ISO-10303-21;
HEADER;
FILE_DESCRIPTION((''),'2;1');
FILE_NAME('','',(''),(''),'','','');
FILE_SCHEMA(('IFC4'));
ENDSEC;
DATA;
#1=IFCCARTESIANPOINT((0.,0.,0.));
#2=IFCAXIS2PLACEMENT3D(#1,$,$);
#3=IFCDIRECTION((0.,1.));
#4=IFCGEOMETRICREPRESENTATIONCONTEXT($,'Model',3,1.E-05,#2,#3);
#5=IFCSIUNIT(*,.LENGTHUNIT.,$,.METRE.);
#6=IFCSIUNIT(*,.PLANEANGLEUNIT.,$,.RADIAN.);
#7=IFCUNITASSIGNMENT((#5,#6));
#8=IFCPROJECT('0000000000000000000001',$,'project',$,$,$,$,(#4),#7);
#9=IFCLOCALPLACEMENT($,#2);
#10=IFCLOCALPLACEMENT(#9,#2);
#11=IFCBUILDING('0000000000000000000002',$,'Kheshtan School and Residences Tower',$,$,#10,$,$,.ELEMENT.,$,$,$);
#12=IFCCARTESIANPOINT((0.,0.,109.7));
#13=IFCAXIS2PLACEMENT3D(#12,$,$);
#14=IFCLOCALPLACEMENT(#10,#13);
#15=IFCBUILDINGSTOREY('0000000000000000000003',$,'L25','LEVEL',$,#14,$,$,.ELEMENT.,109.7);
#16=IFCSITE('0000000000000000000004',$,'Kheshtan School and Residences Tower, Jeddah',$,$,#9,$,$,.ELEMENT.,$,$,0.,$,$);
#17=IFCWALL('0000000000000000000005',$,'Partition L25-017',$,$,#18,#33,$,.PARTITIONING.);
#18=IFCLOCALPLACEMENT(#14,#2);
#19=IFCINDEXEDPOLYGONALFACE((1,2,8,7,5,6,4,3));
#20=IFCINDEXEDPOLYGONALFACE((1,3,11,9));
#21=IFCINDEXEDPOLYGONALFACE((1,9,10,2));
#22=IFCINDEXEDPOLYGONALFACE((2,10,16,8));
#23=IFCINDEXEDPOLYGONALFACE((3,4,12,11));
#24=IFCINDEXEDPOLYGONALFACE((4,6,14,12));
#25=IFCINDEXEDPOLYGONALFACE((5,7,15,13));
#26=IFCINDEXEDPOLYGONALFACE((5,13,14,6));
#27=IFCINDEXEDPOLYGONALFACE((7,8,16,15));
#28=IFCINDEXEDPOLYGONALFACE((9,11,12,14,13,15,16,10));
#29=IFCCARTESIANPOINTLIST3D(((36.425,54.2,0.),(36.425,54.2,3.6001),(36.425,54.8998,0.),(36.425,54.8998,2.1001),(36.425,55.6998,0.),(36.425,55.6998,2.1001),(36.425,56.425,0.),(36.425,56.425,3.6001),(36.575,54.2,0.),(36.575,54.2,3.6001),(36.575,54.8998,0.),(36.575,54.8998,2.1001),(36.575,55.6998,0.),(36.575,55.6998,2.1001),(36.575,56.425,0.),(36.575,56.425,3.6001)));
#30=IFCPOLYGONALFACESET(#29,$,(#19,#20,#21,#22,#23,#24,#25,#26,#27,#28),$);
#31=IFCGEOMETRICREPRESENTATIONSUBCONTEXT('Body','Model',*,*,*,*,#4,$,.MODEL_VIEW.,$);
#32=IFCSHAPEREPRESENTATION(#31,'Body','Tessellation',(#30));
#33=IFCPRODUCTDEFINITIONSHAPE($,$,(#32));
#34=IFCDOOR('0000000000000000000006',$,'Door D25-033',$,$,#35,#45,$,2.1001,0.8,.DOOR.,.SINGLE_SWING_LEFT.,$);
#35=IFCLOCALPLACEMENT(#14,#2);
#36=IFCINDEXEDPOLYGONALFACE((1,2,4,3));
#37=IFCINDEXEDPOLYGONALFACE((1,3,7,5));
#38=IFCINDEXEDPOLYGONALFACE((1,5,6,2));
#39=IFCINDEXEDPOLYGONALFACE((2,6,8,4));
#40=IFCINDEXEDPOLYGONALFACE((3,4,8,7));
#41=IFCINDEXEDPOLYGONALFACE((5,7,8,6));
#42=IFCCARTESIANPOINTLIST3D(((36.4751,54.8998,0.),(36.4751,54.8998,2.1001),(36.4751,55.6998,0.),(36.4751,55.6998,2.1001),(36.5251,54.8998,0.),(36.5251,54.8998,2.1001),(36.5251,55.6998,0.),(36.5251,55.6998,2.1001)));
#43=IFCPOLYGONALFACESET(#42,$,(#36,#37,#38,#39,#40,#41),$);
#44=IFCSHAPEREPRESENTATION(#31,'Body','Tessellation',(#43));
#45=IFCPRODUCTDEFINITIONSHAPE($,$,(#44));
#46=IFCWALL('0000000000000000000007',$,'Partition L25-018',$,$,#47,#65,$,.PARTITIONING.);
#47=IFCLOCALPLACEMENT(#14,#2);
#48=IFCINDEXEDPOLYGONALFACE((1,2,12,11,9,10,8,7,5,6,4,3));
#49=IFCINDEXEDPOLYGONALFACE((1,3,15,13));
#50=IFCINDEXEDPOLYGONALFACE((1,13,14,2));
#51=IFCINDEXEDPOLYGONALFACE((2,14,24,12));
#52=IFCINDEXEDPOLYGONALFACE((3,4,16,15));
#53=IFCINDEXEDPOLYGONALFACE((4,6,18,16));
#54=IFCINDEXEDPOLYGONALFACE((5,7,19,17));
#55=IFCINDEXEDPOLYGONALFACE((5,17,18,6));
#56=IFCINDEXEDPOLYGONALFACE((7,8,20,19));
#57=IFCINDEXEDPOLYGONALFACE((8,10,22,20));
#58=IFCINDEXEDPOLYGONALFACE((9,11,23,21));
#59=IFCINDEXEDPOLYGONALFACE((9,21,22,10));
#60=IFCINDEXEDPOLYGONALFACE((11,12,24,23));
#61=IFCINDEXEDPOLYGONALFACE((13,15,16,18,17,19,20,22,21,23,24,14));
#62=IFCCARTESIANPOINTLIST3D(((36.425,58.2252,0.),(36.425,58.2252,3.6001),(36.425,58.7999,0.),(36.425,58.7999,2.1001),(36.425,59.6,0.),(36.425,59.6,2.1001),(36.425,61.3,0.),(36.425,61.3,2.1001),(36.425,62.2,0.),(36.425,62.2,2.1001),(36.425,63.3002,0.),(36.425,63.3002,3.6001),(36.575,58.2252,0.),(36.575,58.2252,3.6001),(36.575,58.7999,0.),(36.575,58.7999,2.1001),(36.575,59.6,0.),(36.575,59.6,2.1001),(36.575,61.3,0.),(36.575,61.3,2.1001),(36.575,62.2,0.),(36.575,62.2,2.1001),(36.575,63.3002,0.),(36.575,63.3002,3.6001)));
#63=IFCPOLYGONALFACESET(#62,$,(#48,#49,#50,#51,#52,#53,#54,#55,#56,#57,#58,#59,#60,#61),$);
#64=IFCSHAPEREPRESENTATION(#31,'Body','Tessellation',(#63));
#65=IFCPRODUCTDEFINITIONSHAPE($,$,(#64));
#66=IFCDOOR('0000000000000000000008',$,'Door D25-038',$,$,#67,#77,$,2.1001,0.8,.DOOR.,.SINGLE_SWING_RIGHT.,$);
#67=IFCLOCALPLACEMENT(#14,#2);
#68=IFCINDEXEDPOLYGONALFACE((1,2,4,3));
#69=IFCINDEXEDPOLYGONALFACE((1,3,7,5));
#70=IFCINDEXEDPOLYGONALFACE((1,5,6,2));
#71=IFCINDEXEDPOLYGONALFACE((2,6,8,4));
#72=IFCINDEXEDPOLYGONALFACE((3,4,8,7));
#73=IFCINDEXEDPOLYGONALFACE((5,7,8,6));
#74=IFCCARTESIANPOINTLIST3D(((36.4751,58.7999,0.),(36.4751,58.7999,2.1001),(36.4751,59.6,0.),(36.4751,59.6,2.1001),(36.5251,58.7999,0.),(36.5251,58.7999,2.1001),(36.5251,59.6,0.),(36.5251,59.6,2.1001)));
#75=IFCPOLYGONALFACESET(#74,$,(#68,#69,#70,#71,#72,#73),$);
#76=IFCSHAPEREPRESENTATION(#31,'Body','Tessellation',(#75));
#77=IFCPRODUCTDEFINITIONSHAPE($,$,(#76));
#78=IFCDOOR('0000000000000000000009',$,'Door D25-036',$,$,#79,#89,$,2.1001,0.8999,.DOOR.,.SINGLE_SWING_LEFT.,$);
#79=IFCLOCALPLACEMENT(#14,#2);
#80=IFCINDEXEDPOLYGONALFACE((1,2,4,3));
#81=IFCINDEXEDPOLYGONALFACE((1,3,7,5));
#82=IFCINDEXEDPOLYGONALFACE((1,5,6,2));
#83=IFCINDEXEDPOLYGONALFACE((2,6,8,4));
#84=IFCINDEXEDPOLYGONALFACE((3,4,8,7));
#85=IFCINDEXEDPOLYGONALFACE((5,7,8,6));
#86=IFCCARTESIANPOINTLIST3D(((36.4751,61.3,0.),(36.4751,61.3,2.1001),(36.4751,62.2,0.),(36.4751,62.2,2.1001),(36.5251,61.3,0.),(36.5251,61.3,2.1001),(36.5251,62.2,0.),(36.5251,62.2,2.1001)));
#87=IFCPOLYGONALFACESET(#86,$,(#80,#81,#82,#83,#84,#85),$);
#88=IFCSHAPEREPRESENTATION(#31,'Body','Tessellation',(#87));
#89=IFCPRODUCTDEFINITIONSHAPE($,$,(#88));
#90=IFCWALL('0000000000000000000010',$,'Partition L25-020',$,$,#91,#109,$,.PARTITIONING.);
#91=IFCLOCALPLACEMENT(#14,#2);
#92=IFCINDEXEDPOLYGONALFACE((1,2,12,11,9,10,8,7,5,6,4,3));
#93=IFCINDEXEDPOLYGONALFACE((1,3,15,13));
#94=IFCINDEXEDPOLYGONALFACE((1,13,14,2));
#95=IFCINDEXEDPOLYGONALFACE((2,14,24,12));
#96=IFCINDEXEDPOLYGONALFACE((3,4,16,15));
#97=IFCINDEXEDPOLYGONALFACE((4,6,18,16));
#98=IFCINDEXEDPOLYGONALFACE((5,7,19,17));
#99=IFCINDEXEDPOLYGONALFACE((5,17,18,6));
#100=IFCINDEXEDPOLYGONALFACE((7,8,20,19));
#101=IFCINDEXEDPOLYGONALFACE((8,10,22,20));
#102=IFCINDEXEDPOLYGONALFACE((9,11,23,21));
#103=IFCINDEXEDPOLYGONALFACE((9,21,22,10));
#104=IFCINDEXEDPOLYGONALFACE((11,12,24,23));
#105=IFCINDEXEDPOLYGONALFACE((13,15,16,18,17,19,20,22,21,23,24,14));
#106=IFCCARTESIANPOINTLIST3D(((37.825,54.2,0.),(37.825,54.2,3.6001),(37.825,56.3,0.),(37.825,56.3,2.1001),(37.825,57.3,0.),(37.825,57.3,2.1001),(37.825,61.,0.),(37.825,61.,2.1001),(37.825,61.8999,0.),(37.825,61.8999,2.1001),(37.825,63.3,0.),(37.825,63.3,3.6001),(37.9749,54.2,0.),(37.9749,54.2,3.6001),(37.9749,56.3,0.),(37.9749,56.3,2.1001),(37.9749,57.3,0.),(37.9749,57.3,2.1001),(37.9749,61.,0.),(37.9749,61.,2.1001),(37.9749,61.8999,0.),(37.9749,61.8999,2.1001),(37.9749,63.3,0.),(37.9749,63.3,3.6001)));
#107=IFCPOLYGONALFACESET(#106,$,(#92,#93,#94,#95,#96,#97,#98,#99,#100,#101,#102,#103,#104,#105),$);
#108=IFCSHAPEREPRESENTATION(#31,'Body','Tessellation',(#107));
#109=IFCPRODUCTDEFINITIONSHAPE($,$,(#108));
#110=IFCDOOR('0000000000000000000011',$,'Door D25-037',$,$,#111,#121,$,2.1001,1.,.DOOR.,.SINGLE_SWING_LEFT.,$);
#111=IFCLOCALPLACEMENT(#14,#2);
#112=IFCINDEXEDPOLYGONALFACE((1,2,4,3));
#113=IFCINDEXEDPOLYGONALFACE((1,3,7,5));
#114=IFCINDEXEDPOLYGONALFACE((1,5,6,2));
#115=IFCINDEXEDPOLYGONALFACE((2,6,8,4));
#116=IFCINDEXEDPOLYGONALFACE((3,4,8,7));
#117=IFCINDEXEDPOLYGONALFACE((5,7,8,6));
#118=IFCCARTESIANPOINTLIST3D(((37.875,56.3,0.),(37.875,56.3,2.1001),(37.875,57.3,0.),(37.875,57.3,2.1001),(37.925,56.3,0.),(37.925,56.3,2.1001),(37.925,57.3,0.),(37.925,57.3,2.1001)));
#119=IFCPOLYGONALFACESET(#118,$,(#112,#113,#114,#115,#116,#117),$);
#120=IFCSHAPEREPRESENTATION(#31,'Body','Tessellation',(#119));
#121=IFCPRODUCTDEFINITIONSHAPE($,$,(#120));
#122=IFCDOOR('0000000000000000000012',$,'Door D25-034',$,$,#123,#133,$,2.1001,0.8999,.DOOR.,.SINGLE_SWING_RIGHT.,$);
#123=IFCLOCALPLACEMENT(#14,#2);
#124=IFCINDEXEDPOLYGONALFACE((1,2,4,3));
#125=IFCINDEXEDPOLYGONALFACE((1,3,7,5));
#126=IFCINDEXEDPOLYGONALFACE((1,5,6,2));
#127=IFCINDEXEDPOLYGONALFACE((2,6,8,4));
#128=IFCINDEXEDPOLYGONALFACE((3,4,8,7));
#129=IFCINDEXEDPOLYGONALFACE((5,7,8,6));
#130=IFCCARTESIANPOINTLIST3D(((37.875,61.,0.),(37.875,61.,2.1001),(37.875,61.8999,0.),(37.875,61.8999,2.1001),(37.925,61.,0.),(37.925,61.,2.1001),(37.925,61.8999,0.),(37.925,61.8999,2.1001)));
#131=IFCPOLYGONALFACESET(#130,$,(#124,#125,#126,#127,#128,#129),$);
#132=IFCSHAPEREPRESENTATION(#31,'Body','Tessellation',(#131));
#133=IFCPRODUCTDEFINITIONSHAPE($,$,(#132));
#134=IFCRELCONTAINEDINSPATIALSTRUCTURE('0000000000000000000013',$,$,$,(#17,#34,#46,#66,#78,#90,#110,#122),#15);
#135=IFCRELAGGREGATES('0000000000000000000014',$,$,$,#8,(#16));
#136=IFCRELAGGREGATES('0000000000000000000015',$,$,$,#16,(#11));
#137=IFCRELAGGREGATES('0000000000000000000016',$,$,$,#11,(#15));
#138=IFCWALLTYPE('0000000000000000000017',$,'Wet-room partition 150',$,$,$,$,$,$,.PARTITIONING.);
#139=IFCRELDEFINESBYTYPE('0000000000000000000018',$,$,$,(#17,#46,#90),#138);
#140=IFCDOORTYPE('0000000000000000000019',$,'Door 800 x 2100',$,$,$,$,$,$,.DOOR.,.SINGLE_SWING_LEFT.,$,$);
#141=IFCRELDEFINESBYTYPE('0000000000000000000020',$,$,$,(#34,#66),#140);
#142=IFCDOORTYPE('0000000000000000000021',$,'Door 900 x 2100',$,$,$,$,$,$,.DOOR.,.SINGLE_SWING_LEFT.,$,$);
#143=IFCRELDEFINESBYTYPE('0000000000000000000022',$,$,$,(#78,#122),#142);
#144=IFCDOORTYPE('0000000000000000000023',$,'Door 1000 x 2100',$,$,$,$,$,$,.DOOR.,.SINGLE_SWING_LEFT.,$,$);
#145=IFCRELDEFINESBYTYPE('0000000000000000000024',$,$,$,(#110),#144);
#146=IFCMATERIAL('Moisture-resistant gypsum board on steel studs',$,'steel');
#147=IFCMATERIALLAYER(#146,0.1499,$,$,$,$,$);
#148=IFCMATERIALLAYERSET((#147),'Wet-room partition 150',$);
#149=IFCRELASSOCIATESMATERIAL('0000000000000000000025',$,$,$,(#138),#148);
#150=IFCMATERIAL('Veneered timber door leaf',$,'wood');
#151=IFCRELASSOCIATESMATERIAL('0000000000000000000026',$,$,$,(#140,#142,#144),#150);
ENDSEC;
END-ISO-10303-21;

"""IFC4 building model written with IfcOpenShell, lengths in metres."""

from ifc_helpers import new_model, si_unit, direction, frame, frame_2d, origin, place, context, subcontext, project, spatial, rectangle, extrude, source, transform, mapped, material, layer, layer_set, type_object, element, fill, save


model = new_model("IFC4")

# Units and contexts
model_context = context("Model", 3, precision=1e-05, world=origin(), true_north=direction((0.0, 1.0)))
body_context = subcontext(model_context, "Body", "Model", "MODEL_VIEW")
ifc_project = project(units=[si_unit("LENGTHUNIT", "METRE"), si_unit("PLANEANGLEUNIT", "RADIAN")], contexts=[model_context])

# Site, building, storey
site_placement = place(None, origin())
site = spatial("IfcSite", under=ifc_project, at=site_placement, Name="Kheshtan School and Residences Tower, Jeddah", CompositionType="ELEMENT", RefElevation=0.0)
building_placement = place(site_placement, origin())
building = spatial("IfcBuilding", under=site, at=building_placement, Name="Kheshtan School and Residences Tower", CompositionType="ELEMENT")
storey_placement = place(building_placement, frame((0.0, 0.0, 109.7)))
storey = spatial("IfcBuildingStorey", under=building, at=storey_placement, Name="L25", Description="LEVEL", CompositionType="ELEMENT", Elevation=109.7)

# Wall, opening, door
ifc_material_1 = material(Name="Moisture-resistant gypsum board on steel studs", Category="steel")
ifc_layer_1 = layer(ifc_material_1, 0.1499)
ifc_layer_set_1 = layer_set([ifc_layer_1], Name="Wet-room partition 150")
wall_type_1 = type_object("IfcWallType", Name="Wet-room partition 150", PredefinedType="PARTITIONING", material=ifc_layer_set_1)
wall_1_placement = place(storey_placement, frame((36.5, 54.2, 0.0), z_axis=(0.0, 0.0, 1.0), x_axis=(0.0, 1.0, 0.0)))
wall_1 = element("IfcWall", 1, at=wall_1_placement, inside=storey, type_object=wall_type_1, Name="Partition L25-017", PredefinedType="PARTITIONING", context=body_context, shape_type="SweptSolid", body=[
    extrude(rectangle(XDim=2.2251, YDim=0.1499, at=frame_2d((1.1125, 0.0))), origin(), (0.0, 0.0, 1.0), 3.6001),
])
opening_1_placement = place(wall_1_placement, frame((0.7, 0.0, 0.0)))
opening_1 = element("IfcOpeningElement", 2, at=opening_1_placement, cuts=wall_1, PredefinedType="OPENING", context=body_context, shape_type="SweptSolid", body=[
    extrude(rectangle(XDim=0.8, YDim=2.1001, at=frame_2d((0.3999, 1.05))), frame((0.0, 0.085, 0.0), z_axis=(0.0, -1.0, 0.0), x_axis=(1.0, 0.0, 0.0)), (0.0, 0.0, 1.0), 0.1699),
])
ifc_material_2 = material(Name="Veneered timber door leaf", Category="wood")
door_type_1 = type_object("IfcDoorType", Name="Door 800 x 2100", OperationType="SINGLE_SWING_LEFT", PredefinedType="DOOR", material=ifc_material_2)
shared_shape_1 = source(origin(), body_context, "Body", "SweptSolid", [
    extrude(rectangle(XDim=0.8, YDim=2.1001, at=frame_2d((0.3999, 1.05))), frame((0.0, 0.0249, 0.0), z_axis=(0.0, -1.0, 0.0), x_axis=(1.0, 0.0, 0.0)), (0.0, 0.0, 1.0), 0.05),
])
door_1_placement = place(opening_1_placement, origin())
door_1 = element("IfcDoor", 3, at=door_1_placement, inside=storey, type_object=door_type_1, Name="Door D25-033", OperationType="SINGLE_SWING_LEFT", OverallHeight=2.1001, OverallWidth=0.8, PredefinedType="DOOR", context=body_context, shape_type="MappedRepresentation", body=[
    mapped(shared_shape_1, transform((0.0, 0.0, 0.0), x_axis=(1.0, 0.0, 0.0), y_axis=(0.0, 1.0, 0.0), z_axis=(0.0, 0.0, 1.0), scale=1.0)),
])
fill(opening_1, door_1)

# Walls, openings, doors
wall_2_placement = place(storey_placement, frame((36.5, 58.2251, 0.0), z_axis=(0.0, 0.0, 1.0), x_axis=(0.0, 1.0, 0.0)))
wall_2 = element("IfcWall", 4, at=wall_2_placement, inside=storey, type_object=wall_type_1, Name="Partition L25-018", PredefinedType="PARTITIONING", context=body_context, shape_type="SweptSolid", body=[
    extrude(rectangle(XDim=5.075, YDim=0.1499, at=frame_2d((2.5376, 0.0))), origin(), (0.0, 0.0, 1.0), 3.6001),
])
opening_2_placement = place(wall_2_placement, frame((3.075, 0.0, 0.0)))
opening_2 = element("IfcOpeningElement", 5, at=opening_2_placement, cuts=wall_2, PredefinedType="OPENING", context=body_context, shape_type="SweptSolid", body=[
    extrude(rectangle(XDim=0.8999, YDim=2.1001, at=frame_2d((0.45, 1.05))), frame((0.0, 0.085, 0.0), z_axis=(0.0, -1.0, 0.0), x_axis=(1.0, 0.0, 0.0)), (0.0, 0.0, 1.0), 0.1699),
])
opening_3_placement = place(wall_2_placement, frame((0.575, 0.0, 0.0)))
opening_3 = element("IfcOpeningElement", 6, at=opening_3_placement, cuts=wall_2, PredefinedType="OPENING", context=body_context, shape_type="SweptSolid", body=[
    extrude(rectangle(XDim=0.8, YDim=2.1001, at=frame_2d((0.3999, 1.05))), frame((0.0, 0.085, 0.0), z_axis=(0.0, -1.0, 0.0), x_axis=(1.0, 0.0, 0.0)), (0.0, 0.0, 1.0), 0.1699),
])
door_2_placement = place(opening_3_placement, origin())
door_2 = element("IfcDoor", 7, at=door_2_placement, inside=storey, type_object=door_type_1, Name="Door D25-038", OperationType="SINGLE_SWING_RIGHT", OverallHeight=2.1001, OverallWidth=0.8, PredefinedType="DOOR", context=body_context, shape_type="MappedRepresentation", body=[
    mapped(shared_shape_1, transform((0.0, 0.0, 0.0), x_axis=(1.0, 0.0, 0.0), y_axis=(0.0, 1.0, 0.0), z_axis=(0.0, 0.0, 1.0), scale=1.0)),
])
fill(opening_3, door_2)
door_type_2 = type_object("IfcDoorType", Name="Door 900 x 2100", OperationType="SINGLE_SWING_LEFT", PredefinedType="DOOR", material=ifc_material_2)
shared_shape_2 = source(origin(), body_context, "Body", "SweptSolid", [
    extrude(rectangle(XDim=0.8999, YDim=2.1001, at=frame_2d((0.45, 1.05))), frame((0.0, 0.0249, 0.0), z_axis=(0.0, -1.0, 0.0), x_axis=(1.0, 0.0, 0.0)), (0.0, 0.0, 1.0), 0.05),
])
door_3_placement = place(opening_2_placement, origin())
door_3 = element("IfcDoor", 8, at=door_3_placement, inside=storey, type_object=door_type_2, Name="Door D25-036", OperationType="SINGLE_SWING_LEFT", OverallHeight=2.1001, OverallWidth=0.8999, PredefinedType="DOOR", context=body_context, shape_type="MappedRepresentation", body=[
    mapped(shared_shape_2, transform((0.0, 0.0, 0.0), x_axis=(1.0, 0.0, 0.0), y_axis=(0.0, 1.0, 0.0), z_axis=(0.0, 0.0, 1.0), scale=1.0)),
])
fill(opening_2, door_3)
wall_3_placement = place(storey_placement, frame((37.8999, 54.2, 0.0), z_axis=(0.0, 0.0, 1.0), x_axis=(0.0, 1.0, 0.0)))
wall_3 = element("IfcWall", 9, at=wall_3_placement, inside=storey, type_object=wall_type_1, Name="Partition L25-020", PredefinedType="PARTITIONING", context=body_context, shape_type="SweptSolid", body=[
    extrude(rectangle(XDim=9.1001, YDim=0.1499, at=frame_2d((4.55, 0.0))), origin(), (0.0, 0.0, 1.0), 3.6001),
])
opening_4_placement = place(wall_3_placement, frame((6.8, 0.0, 0.0)))
opening_4 = element("IfcOpeningElement", 10, at=opening_4_placement, cuts=wall_3, PredefinedType="OPENING", context=body_context, shape_type="SweptSolid", body=[
    extrude(rectangle(XDim=0.8999, YDim=2.1001, at=frame_2d((0.45, 1.05))), frame((0.0, 0.085, 0.0), z_axis=(0.0, -1.0, 0.0), x_axis=(1.0, 0.0, 0.0)), (0.0, 0.0, 1.0), 0.1699),
])
opening_5_placement = place(wall_3_placement, frame((2.1001, 0.0, 0.0)))
opening_5 = element("IfcOpeningElement", 11, at=opening_5_placement, cuts=wall_3, PredefinedType="OPENING", context=body_context, shape_type="SweptSolid", body=[
    extrude(rectangle(XDim=1.0, YDim=2.1001, at=frame_2d((0.5, 1.05))), frame((0.0, 0.085, 0.0), z_axis=(0.0, -1.0, 0.0), x_axis=(1.0, 0.0, 0.0)), (0.0, 0.0, 1.0), 0.1699),
])
door_type_3 = type_object("IfcDoorType", Name="Door 1000 x 2100", OperationType="SINGLE_SWING_LEFT", PredefinedType="DOOR", material=ifc_material_2)
shared_shape_3 = source(origin(), body_context, "Body", "SweptSolid", [
    extrude(rectangle(XDim=1.0, YDim=2.1001, at=frame_2d((0.5, 1.05))), frame((0.0, 0.0249, 0.0), z_axis=(0.0, -1.0, 0.0), x_axis=(1.0, 0.0, 0.0)), (0.0, 0.0, 1.0), 0.05),
])
door_4_placement = place(opening_5_placement, origin())
door_4 = element("IfcDoor", 12, at=door_4_placement, inside=storey, type_object=door_type_3, Name="Door D25-037", OperationType="SINGLE_SWING_LEFT", OverallHeight=2.1001, OverallWidth=1.0, PredefinedType="DOOR", context=body_context, shape_type="MappedRepresentation", body=[
    mapped(shared_shape_3, transform((0.0, 0.0, 0.0), x_axis=(1.0, 0.0, 0.0), y_axis=(0.0, 1.0, 0.0), z_axis=(0.0, 0.0, 1.0), scale=1.0)),
])
fill(opening_5, door_4)
door_5_placement = place(opening_4_placement, origin())
door_5 = element("IfcDoor", 13, at=door_5_placement, inside=storey, type_object=door_type_2, Name="Door D25-034", OperationType="SINGLE_SWING_RIGHT", OverallHeight=2.1001, OverallWidth=0.8999, PredefinedType="DOOR", context=body_context, shape_type="MappedRepresentation", body=[
    mapped(shared_shape_2, transform((0.0, 0.0, 0.0), x_axis=(1.0, 0.0, 0.0), y_axis=(0.0, 1.0, 0.0), z_axis=(0.0, 0.0, 1.0), scale=1.0)),
])
fill(opening_4, door_5)

save(model, "model.ifc")
